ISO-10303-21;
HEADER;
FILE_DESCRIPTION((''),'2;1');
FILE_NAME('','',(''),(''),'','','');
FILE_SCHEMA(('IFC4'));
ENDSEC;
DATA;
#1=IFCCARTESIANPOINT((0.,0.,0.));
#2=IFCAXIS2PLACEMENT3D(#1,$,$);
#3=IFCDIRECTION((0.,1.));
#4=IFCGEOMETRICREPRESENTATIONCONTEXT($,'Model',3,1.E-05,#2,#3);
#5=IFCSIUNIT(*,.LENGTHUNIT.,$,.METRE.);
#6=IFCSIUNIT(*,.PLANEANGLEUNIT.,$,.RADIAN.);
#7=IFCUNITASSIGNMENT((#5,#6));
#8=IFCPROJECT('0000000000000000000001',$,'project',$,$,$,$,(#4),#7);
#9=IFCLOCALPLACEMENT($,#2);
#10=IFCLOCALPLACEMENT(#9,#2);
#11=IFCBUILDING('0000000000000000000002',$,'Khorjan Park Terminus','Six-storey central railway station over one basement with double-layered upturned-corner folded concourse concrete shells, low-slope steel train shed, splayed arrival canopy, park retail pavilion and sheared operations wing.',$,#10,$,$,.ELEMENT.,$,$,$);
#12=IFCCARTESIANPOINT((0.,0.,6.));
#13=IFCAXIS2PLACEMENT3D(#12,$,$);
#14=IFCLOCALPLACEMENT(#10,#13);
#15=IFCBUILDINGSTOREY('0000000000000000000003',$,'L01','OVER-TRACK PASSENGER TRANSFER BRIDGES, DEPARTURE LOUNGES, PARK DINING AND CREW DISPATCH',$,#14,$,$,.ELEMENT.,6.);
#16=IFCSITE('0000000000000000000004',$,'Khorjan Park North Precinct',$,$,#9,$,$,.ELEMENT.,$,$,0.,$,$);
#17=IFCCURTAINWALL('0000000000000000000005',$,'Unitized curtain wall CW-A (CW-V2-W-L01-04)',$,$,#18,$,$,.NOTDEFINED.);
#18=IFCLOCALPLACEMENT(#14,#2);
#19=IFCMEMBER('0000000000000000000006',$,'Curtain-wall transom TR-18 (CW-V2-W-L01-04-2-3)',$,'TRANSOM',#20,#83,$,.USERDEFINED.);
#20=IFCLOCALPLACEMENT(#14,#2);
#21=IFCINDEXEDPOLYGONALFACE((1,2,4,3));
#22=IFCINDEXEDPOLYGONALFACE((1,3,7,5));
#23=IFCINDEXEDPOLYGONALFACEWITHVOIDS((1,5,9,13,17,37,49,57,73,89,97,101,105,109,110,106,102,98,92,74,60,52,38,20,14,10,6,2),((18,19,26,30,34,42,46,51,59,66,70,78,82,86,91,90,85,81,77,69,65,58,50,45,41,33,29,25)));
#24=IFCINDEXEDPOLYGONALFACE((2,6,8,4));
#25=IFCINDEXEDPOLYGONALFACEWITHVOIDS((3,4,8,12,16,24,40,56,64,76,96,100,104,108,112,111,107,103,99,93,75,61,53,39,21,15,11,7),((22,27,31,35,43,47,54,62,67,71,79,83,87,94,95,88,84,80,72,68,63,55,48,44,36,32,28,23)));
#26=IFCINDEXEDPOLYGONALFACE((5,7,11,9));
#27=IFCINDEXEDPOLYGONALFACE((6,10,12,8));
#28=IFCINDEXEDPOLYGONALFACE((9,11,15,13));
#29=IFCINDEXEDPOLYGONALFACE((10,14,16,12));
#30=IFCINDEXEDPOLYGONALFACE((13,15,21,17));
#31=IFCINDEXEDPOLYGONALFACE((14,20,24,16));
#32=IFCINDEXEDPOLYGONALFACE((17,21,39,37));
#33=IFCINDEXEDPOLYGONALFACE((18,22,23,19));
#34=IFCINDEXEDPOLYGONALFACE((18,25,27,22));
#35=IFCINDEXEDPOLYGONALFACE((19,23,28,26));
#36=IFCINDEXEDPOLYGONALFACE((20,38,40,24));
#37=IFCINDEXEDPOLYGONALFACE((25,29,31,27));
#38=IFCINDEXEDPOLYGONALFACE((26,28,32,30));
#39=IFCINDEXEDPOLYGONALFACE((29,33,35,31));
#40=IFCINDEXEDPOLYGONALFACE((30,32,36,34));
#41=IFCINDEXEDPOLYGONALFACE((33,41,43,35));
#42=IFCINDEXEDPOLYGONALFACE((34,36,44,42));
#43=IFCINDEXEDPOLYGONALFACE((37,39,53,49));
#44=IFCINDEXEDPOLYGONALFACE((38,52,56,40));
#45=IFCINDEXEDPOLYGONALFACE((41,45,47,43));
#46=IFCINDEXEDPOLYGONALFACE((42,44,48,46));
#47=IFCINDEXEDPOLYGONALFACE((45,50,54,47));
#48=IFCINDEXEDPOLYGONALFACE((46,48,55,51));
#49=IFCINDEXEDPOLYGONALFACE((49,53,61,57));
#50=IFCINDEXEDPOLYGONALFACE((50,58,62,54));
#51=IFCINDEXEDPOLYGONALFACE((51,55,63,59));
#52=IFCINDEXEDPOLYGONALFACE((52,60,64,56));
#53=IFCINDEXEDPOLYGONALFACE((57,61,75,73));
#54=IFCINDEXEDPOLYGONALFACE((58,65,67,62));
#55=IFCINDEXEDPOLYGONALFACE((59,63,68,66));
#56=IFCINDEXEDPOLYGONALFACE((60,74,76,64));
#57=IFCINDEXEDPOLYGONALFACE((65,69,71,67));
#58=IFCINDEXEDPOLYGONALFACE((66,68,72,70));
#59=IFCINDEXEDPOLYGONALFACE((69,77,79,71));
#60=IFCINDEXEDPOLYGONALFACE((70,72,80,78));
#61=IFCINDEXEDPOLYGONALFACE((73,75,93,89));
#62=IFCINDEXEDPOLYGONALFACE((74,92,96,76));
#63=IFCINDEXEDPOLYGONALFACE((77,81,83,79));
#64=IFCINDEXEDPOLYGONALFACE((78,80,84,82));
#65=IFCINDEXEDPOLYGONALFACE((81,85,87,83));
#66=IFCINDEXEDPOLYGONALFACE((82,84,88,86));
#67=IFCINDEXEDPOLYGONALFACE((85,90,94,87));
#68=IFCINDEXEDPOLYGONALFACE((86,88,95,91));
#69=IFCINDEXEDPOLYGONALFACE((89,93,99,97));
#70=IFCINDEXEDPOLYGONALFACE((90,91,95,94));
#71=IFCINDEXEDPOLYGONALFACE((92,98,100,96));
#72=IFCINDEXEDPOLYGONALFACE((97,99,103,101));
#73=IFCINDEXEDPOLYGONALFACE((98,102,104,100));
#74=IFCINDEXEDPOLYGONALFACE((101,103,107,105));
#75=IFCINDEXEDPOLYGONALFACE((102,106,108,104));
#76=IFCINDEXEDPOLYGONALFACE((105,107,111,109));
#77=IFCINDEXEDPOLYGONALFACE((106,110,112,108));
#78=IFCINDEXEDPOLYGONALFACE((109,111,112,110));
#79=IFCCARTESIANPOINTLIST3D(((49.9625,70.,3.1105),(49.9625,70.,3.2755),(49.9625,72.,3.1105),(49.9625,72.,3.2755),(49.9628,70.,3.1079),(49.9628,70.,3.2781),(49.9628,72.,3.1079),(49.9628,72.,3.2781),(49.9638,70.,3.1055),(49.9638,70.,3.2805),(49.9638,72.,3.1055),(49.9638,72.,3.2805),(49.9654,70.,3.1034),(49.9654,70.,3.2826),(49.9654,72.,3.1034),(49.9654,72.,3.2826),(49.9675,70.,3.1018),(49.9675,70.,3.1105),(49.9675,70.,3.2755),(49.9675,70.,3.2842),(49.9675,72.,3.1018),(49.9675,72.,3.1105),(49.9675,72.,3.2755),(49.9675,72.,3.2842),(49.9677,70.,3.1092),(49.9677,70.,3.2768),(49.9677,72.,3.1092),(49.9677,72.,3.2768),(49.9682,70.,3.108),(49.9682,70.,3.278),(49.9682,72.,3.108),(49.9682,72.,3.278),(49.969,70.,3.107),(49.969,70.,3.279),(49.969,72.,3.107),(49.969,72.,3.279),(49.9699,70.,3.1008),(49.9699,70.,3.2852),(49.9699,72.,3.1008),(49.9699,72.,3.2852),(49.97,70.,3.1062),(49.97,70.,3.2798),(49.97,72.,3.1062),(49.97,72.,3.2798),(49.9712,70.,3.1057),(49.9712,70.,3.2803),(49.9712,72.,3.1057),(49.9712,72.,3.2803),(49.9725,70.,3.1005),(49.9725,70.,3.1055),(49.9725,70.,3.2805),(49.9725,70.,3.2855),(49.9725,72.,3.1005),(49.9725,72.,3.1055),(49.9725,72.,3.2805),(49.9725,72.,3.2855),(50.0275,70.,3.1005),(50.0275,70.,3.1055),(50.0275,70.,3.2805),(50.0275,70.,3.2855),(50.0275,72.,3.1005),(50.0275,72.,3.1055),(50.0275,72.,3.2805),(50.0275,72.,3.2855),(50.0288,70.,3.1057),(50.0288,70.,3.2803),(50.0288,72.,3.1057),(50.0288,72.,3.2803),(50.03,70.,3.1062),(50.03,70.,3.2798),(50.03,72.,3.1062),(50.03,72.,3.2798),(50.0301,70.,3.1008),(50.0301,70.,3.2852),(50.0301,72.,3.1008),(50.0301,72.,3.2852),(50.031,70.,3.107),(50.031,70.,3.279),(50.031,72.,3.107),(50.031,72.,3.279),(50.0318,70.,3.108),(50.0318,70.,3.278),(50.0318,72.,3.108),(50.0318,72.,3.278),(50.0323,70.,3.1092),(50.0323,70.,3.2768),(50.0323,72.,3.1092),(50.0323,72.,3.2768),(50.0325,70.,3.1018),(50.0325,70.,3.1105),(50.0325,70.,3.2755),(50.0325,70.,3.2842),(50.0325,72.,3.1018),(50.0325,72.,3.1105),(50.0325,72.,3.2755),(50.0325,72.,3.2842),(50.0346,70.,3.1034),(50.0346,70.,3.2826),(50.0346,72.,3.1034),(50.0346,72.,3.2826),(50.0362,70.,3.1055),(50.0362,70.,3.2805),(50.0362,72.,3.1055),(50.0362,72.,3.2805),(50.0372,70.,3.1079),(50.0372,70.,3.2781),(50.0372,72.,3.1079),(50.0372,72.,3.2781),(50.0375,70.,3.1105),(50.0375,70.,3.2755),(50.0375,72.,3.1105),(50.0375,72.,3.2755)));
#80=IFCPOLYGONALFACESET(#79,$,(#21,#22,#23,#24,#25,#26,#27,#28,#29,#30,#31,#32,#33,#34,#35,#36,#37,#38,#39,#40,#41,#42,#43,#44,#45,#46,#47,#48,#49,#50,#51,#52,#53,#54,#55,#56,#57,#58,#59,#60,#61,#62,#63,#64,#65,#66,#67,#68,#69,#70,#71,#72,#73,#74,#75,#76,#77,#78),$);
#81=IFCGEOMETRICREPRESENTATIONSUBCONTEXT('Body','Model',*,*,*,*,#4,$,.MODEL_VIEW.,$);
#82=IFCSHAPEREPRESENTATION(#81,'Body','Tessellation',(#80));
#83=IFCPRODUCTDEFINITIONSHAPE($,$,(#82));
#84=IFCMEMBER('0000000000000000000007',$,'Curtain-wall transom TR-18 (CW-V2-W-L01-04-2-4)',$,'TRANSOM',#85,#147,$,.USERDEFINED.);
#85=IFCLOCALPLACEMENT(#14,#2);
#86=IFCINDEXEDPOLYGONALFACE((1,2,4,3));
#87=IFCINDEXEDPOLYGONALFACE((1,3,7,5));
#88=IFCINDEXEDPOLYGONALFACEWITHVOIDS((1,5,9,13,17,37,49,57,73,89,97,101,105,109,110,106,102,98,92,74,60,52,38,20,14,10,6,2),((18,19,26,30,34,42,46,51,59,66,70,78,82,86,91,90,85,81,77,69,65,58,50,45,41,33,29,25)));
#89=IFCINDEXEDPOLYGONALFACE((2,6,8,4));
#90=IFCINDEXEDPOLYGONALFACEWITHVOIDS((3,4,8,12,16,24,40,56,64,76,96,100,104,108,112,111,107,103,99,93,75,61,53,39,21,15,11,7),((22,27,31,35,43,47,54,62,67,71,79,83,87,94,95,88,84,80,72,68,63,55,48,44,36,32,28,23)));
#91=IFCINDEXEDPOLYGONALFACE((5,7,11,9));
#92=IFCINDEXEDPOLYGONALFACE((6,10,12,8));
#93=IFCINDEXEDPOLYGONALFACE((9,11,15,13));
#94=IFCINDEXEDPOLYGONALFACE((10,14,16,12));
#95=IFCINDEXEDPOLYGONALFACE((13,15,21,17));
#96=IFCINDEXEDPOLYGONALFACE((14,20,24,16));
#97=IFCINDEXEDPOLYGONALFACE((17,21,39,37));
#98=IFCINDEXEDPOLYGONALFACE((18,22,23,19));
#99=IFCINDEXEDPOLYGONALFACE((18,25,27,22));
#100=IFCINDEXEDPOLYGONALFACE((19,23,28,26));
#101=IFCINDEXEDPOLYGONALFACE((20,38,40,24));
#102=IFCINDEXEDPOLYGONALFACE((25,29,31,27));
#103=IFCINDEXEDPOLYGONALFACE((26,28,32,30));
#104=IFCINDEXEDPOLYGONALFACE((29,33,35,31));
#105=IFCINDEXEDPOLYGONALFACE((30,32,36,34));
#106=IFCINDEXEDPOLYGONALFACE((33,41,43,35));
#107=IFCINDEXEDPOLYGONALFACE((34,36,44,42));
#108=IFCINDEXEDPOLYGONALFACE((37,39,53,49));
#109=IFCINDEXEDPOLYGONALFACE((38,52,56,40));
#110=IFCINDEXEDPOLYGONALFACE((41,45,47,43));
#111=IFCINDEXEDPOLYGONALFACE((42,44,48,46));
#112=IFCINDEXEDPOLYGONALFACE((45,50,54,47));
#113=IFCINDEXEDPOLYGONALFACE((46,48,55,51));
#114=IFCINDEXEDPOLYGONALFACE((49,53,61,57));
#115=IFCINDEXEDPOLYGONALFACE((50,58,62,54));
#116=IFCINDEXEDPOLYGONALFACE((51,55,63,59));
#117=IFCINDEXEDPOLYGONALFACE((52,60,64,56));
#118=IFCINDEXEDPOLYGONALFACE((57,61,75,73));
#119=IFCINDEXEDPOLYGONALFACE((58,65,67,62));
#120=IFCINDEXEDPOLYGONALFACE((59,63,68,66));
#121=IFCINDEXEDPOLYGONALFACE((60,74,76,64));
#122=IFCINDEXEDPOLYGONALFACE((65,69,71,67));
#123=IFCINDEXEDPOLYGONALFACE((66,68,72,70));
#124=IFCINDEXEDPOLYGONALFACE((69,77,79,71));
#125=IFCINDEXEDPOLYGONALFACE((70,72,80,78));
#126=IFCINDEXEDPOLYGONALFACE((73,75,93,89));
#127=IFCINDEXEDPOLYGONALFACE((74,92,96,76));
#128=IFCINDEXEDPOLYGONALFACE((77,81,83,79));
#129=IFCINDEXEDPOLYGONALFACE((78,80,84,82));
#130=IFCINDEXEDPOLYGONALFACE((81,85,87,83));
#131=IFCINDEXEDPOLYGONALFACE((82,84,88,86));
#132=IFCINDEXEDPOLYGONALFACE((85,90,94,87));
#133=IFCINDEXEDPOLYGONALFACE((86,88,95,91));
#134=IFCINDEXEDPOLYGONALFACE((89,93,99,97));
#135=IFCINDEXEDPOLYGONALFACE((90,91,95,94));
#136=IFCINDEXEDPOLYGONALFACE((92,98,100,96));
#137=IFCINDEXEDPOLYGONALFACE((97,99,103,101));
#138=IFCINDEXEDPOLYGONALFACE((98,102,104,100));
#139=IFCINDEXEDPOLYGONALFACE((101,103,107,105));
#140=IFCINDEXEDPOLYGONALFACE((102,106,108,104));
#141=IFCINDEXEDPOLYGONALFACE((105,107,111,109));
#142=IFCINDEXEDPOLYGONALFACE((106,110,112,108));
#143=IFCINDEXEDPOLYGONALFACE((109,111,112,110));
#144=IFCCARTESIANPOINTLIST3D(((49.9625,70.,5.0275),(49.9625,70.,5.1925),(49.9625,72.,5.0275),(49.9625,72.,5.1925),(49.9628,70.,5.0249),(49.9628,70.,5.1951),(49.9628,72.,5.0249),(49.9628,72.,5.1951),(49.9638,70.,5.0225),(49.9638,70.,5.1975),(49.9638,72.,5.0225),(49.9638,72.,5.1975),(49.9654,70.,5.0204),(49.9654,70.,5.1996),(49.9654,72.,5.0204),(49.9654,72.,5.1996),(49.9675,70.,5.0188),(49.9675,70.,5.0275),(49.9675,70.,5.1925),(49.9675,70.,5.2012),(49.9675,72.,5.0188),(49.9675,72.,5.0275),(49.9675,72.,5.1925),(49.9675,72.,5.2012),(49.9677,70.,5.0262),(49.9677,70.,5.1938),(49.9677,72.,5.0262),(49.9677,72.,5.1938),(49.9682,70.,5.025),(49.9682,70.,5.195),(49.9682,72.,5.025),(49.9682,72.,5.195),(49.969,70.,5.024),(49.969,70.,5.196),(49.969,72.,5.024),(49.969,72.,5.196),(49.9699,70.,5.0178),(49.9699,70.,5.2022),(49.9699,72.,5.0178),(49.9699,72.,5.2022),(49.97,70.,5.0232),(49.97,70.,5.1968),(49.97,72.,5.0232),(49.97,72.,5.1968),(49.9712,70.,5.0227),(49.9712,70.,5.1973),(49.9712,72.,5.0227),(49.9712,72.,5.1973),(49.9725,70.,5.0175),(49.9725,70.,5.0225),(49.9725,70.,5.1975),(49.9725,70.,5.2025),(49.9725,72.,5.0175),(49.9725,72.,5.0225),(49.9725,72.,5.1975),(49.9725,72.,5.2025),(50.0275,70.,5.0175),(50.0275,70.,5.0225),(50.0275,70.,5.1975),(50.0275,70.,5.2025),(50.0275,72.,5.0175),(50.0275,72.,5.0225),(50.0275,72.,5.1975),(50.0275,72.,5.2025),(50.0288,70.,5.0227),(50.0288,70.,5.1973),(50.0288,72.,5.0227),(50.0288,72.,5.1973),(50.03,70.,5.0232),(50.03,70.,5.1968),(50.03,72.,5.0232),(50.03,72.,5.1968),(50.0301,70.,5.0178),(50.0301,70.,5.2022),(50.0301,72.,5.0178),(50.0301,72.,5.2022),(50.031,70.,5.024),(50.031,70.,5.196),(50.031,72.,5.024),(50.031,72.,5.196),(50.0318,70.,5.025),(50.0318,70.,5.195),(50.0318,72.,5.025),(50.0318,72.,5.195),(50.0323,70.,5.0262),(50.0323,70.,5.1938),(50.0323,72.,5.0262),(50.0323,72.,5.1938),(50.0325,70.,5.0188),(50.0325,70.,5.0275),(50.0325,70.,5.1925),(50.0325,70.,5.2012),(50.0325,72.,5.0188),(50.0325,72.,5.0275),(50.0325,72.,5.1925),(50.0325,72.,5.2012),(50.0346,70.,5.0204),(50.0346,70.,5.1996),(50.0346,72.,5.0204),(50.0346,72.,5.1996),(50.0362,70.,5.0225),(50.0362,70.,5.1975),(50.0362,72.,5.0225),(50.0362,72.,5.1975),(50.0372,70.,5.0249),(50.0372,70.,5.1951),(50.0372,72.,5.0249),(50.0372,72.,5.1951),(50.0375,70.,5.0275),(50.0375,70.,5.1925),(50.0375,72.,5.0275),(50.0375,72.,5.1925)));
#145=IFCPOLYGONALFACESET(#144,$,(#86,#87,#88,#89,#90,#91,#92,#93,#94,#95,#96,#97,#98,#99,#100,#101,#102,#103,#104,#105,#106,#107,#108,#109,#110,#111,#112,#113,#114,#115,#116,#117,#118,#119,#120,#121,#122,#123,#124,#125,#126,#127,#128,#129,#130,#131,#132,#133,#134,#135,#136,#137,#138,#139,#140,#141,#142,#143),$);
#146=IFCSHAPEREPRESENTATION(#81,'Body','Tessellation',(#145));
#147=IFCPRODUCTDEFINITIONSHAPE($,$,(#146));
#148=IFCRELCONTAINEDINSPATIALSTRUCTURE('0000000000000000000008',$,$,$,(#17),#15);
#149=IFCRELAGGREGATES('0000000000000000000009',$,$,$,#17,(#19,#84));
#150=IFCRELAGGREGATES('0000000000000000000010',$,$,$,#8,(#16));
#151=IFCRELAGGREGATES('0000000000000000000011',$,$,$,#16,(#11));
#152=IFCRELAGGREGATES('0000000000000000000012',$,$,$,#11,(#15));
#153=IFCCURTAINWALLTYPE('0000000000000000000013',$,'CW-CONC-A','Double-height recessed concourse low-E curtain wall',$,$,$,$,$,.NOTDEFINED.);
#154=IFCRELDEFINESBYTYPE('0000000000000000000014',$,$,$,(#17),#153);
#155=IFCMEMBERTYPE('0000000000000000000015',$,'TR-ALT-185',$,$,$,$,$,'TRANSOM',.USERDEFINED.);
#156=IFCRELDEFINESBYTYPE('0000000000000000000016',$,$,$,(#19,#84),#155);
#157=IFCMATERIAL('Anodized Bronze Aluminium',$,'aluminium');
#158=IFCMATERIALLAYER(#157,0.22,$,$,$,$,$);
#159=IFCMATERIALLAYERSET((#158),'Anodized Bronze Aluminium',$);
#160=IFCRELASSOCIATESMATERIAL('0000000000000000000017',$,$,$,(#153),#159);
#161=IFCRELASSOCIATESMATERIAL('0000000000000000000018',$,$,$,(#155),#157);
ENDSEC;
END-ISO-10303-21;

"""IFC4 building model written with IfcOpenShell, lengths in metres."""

from ifc_helpers import new_model, si_unit, direction, frame, origin, origin_2d, place, context, subcontext, project, spatial, hollow_rectangle, extrude, material, layer, layer_set, material_profile, profile_set, type_object, element, aggregate, save


model = new_model("IFC4")

# Units and contexts
model_context = context("Model", 3, precision=1e-05, world=origin(), true_north=direction((0.0, 1.0)))
body_context = subcontext(model_context, "Body", "Model", "MODEL_VIEW")
ifc_project = project(units=[si_unit("LENGTHUNIT", "METRE"), si_unit("PLANEANGLEUNIT", "RADIAN")], contexts=[model_context])

# Site, building, storey
site_placement = place(None, origin())
site = spatial("IfcSite", under=ifc_project, at=site_placement, Name="Khorjan Park North Precinct", CompositionType="ELEMENT", RefElevation=0.0)
building_placement = place(site_placement, origin())
building = spatial("IfcBuilding", under=site, at=building_placement, Name="Khorjan Park Terminus", Description="Six-storey central railway station over one basement with double-layered upturned-corner folded concourse concrete shells, low-slope steel train shed, splayed arrival canopy, park retail pavilion and sheared operations wing.", CompositionType="ELEMENT")
storey_placement = place(building_placement, frame((0.0, 0.0, 6.0)))
storey = spatial("IfcBuildingStorey", under=building, at=storey_placement, Name="L01", Description="OVER-TRACK PASSENGER TRANSFER BRIDGES, DEPARTURE LOUNGES, PARK DINING AND CREW DISPATCH", CompositionType="ELEMENT", Elevation=6.0)

# Curtain wall, members
ifc_material_1 = material(Name="Anodized Bronze Aluminium", Category="aluminium")
ifc_layer_1 = layer(ifc_material_1, 0.22)
ifc_layer_set_1 = layer_set([ifc_layer_1], Name="Anodized Bronze Aluminium")
curtain_wall_type = type_object("IfcCurtainWallType", Name="CW-CONC-A", Description="Double-height recessed concourse low-E curtain wall", PredefinedType="NOTDEFINED", material=ifc_layer_set_1)
curtain_wall_placement = place(storey_placement, origin())
curtain_wall = element("IfcCurtainWall", 1, at=curtain_wall_placement, inside=storey, type_object=curtain_wall_type, Name="Unitized curtain wall CW-A (CW-V2-W-L01-04)", PredefinedType="NOTDEFINED")
ifc_material_profile_1 = material_profile(ifc_material_1, hollow_rectangle(XDim=0.075, YDim=0.185, WallThickness=0.005, InnerFilletRadius=0.005, OuterFilletRadius=0.01, at=origin_2d()), Name="ALT 75x185x5")
ifc_profile_set_1 = profile_set([ifc_material_profile_1], Name="Anodized Bronze Aluminium")
member_type_1 = type_object("IfcMemberType", Name="TR-ALT-185", ElementType="TRANSOM", PredefinedType="USERDEFINED", material=ifc_profile_set_1)
member_1_placement = place(storey_placement, frame((50.0, 72.0, 3.193), z_axis=(0.0, -1.0, 0.0), x_axis=(1.0, 0.0, 0.0)))
member_1 = element("IfcMember", 2, at=member_1_placement, type_object=member_type_1, Name="Curtain-wall transom TR-18 (CW-V2-W-L01-04-2-3)", ObjectType="TRANSOM", PredefinedType="USERDEFINED", context=body_context, shape_type="SweptSolid", body=[
    extrude(hollow_rectangle(XDim=0.075, YDim=0.185, WallThickness=0.005, InnerFilletRadius=0.005, OuterFilletRadius=0.01, at=origin_2d()), origin(), (0.0, 0.0, 1.0), 2.0),
])
member_2_placement = place(storey_placement, frame((50.0, 72.0, 5.11), z_axis=(0.0, -1.0, 0.0), x_axis=(1.0, 0.0, 0.0)))
member_2 = element("IfcMember", 3, at=member_2_placement, type_object=member_type_1, Name="Curtain-wall transom TR-18 (CW-V2-W-L01-04-2-4)", ObjectType="TRANSOM", PredefinedType="USERDEFINED", context=body_context, shape_type="SweptSolid", body=[
    extrude(hollow_rectangle(XDim=0.075, YDim=0.185, WallThickness=0.005, InnerFilletRadius=0.005, OuterFilletRadius=0.01, at=origin_2d()), origin(), (0.0, 0.0, 1.0), 2.0),
])
aggregate(curtain_wall, [member_1, member_2])

save(model, "model.ifc")
